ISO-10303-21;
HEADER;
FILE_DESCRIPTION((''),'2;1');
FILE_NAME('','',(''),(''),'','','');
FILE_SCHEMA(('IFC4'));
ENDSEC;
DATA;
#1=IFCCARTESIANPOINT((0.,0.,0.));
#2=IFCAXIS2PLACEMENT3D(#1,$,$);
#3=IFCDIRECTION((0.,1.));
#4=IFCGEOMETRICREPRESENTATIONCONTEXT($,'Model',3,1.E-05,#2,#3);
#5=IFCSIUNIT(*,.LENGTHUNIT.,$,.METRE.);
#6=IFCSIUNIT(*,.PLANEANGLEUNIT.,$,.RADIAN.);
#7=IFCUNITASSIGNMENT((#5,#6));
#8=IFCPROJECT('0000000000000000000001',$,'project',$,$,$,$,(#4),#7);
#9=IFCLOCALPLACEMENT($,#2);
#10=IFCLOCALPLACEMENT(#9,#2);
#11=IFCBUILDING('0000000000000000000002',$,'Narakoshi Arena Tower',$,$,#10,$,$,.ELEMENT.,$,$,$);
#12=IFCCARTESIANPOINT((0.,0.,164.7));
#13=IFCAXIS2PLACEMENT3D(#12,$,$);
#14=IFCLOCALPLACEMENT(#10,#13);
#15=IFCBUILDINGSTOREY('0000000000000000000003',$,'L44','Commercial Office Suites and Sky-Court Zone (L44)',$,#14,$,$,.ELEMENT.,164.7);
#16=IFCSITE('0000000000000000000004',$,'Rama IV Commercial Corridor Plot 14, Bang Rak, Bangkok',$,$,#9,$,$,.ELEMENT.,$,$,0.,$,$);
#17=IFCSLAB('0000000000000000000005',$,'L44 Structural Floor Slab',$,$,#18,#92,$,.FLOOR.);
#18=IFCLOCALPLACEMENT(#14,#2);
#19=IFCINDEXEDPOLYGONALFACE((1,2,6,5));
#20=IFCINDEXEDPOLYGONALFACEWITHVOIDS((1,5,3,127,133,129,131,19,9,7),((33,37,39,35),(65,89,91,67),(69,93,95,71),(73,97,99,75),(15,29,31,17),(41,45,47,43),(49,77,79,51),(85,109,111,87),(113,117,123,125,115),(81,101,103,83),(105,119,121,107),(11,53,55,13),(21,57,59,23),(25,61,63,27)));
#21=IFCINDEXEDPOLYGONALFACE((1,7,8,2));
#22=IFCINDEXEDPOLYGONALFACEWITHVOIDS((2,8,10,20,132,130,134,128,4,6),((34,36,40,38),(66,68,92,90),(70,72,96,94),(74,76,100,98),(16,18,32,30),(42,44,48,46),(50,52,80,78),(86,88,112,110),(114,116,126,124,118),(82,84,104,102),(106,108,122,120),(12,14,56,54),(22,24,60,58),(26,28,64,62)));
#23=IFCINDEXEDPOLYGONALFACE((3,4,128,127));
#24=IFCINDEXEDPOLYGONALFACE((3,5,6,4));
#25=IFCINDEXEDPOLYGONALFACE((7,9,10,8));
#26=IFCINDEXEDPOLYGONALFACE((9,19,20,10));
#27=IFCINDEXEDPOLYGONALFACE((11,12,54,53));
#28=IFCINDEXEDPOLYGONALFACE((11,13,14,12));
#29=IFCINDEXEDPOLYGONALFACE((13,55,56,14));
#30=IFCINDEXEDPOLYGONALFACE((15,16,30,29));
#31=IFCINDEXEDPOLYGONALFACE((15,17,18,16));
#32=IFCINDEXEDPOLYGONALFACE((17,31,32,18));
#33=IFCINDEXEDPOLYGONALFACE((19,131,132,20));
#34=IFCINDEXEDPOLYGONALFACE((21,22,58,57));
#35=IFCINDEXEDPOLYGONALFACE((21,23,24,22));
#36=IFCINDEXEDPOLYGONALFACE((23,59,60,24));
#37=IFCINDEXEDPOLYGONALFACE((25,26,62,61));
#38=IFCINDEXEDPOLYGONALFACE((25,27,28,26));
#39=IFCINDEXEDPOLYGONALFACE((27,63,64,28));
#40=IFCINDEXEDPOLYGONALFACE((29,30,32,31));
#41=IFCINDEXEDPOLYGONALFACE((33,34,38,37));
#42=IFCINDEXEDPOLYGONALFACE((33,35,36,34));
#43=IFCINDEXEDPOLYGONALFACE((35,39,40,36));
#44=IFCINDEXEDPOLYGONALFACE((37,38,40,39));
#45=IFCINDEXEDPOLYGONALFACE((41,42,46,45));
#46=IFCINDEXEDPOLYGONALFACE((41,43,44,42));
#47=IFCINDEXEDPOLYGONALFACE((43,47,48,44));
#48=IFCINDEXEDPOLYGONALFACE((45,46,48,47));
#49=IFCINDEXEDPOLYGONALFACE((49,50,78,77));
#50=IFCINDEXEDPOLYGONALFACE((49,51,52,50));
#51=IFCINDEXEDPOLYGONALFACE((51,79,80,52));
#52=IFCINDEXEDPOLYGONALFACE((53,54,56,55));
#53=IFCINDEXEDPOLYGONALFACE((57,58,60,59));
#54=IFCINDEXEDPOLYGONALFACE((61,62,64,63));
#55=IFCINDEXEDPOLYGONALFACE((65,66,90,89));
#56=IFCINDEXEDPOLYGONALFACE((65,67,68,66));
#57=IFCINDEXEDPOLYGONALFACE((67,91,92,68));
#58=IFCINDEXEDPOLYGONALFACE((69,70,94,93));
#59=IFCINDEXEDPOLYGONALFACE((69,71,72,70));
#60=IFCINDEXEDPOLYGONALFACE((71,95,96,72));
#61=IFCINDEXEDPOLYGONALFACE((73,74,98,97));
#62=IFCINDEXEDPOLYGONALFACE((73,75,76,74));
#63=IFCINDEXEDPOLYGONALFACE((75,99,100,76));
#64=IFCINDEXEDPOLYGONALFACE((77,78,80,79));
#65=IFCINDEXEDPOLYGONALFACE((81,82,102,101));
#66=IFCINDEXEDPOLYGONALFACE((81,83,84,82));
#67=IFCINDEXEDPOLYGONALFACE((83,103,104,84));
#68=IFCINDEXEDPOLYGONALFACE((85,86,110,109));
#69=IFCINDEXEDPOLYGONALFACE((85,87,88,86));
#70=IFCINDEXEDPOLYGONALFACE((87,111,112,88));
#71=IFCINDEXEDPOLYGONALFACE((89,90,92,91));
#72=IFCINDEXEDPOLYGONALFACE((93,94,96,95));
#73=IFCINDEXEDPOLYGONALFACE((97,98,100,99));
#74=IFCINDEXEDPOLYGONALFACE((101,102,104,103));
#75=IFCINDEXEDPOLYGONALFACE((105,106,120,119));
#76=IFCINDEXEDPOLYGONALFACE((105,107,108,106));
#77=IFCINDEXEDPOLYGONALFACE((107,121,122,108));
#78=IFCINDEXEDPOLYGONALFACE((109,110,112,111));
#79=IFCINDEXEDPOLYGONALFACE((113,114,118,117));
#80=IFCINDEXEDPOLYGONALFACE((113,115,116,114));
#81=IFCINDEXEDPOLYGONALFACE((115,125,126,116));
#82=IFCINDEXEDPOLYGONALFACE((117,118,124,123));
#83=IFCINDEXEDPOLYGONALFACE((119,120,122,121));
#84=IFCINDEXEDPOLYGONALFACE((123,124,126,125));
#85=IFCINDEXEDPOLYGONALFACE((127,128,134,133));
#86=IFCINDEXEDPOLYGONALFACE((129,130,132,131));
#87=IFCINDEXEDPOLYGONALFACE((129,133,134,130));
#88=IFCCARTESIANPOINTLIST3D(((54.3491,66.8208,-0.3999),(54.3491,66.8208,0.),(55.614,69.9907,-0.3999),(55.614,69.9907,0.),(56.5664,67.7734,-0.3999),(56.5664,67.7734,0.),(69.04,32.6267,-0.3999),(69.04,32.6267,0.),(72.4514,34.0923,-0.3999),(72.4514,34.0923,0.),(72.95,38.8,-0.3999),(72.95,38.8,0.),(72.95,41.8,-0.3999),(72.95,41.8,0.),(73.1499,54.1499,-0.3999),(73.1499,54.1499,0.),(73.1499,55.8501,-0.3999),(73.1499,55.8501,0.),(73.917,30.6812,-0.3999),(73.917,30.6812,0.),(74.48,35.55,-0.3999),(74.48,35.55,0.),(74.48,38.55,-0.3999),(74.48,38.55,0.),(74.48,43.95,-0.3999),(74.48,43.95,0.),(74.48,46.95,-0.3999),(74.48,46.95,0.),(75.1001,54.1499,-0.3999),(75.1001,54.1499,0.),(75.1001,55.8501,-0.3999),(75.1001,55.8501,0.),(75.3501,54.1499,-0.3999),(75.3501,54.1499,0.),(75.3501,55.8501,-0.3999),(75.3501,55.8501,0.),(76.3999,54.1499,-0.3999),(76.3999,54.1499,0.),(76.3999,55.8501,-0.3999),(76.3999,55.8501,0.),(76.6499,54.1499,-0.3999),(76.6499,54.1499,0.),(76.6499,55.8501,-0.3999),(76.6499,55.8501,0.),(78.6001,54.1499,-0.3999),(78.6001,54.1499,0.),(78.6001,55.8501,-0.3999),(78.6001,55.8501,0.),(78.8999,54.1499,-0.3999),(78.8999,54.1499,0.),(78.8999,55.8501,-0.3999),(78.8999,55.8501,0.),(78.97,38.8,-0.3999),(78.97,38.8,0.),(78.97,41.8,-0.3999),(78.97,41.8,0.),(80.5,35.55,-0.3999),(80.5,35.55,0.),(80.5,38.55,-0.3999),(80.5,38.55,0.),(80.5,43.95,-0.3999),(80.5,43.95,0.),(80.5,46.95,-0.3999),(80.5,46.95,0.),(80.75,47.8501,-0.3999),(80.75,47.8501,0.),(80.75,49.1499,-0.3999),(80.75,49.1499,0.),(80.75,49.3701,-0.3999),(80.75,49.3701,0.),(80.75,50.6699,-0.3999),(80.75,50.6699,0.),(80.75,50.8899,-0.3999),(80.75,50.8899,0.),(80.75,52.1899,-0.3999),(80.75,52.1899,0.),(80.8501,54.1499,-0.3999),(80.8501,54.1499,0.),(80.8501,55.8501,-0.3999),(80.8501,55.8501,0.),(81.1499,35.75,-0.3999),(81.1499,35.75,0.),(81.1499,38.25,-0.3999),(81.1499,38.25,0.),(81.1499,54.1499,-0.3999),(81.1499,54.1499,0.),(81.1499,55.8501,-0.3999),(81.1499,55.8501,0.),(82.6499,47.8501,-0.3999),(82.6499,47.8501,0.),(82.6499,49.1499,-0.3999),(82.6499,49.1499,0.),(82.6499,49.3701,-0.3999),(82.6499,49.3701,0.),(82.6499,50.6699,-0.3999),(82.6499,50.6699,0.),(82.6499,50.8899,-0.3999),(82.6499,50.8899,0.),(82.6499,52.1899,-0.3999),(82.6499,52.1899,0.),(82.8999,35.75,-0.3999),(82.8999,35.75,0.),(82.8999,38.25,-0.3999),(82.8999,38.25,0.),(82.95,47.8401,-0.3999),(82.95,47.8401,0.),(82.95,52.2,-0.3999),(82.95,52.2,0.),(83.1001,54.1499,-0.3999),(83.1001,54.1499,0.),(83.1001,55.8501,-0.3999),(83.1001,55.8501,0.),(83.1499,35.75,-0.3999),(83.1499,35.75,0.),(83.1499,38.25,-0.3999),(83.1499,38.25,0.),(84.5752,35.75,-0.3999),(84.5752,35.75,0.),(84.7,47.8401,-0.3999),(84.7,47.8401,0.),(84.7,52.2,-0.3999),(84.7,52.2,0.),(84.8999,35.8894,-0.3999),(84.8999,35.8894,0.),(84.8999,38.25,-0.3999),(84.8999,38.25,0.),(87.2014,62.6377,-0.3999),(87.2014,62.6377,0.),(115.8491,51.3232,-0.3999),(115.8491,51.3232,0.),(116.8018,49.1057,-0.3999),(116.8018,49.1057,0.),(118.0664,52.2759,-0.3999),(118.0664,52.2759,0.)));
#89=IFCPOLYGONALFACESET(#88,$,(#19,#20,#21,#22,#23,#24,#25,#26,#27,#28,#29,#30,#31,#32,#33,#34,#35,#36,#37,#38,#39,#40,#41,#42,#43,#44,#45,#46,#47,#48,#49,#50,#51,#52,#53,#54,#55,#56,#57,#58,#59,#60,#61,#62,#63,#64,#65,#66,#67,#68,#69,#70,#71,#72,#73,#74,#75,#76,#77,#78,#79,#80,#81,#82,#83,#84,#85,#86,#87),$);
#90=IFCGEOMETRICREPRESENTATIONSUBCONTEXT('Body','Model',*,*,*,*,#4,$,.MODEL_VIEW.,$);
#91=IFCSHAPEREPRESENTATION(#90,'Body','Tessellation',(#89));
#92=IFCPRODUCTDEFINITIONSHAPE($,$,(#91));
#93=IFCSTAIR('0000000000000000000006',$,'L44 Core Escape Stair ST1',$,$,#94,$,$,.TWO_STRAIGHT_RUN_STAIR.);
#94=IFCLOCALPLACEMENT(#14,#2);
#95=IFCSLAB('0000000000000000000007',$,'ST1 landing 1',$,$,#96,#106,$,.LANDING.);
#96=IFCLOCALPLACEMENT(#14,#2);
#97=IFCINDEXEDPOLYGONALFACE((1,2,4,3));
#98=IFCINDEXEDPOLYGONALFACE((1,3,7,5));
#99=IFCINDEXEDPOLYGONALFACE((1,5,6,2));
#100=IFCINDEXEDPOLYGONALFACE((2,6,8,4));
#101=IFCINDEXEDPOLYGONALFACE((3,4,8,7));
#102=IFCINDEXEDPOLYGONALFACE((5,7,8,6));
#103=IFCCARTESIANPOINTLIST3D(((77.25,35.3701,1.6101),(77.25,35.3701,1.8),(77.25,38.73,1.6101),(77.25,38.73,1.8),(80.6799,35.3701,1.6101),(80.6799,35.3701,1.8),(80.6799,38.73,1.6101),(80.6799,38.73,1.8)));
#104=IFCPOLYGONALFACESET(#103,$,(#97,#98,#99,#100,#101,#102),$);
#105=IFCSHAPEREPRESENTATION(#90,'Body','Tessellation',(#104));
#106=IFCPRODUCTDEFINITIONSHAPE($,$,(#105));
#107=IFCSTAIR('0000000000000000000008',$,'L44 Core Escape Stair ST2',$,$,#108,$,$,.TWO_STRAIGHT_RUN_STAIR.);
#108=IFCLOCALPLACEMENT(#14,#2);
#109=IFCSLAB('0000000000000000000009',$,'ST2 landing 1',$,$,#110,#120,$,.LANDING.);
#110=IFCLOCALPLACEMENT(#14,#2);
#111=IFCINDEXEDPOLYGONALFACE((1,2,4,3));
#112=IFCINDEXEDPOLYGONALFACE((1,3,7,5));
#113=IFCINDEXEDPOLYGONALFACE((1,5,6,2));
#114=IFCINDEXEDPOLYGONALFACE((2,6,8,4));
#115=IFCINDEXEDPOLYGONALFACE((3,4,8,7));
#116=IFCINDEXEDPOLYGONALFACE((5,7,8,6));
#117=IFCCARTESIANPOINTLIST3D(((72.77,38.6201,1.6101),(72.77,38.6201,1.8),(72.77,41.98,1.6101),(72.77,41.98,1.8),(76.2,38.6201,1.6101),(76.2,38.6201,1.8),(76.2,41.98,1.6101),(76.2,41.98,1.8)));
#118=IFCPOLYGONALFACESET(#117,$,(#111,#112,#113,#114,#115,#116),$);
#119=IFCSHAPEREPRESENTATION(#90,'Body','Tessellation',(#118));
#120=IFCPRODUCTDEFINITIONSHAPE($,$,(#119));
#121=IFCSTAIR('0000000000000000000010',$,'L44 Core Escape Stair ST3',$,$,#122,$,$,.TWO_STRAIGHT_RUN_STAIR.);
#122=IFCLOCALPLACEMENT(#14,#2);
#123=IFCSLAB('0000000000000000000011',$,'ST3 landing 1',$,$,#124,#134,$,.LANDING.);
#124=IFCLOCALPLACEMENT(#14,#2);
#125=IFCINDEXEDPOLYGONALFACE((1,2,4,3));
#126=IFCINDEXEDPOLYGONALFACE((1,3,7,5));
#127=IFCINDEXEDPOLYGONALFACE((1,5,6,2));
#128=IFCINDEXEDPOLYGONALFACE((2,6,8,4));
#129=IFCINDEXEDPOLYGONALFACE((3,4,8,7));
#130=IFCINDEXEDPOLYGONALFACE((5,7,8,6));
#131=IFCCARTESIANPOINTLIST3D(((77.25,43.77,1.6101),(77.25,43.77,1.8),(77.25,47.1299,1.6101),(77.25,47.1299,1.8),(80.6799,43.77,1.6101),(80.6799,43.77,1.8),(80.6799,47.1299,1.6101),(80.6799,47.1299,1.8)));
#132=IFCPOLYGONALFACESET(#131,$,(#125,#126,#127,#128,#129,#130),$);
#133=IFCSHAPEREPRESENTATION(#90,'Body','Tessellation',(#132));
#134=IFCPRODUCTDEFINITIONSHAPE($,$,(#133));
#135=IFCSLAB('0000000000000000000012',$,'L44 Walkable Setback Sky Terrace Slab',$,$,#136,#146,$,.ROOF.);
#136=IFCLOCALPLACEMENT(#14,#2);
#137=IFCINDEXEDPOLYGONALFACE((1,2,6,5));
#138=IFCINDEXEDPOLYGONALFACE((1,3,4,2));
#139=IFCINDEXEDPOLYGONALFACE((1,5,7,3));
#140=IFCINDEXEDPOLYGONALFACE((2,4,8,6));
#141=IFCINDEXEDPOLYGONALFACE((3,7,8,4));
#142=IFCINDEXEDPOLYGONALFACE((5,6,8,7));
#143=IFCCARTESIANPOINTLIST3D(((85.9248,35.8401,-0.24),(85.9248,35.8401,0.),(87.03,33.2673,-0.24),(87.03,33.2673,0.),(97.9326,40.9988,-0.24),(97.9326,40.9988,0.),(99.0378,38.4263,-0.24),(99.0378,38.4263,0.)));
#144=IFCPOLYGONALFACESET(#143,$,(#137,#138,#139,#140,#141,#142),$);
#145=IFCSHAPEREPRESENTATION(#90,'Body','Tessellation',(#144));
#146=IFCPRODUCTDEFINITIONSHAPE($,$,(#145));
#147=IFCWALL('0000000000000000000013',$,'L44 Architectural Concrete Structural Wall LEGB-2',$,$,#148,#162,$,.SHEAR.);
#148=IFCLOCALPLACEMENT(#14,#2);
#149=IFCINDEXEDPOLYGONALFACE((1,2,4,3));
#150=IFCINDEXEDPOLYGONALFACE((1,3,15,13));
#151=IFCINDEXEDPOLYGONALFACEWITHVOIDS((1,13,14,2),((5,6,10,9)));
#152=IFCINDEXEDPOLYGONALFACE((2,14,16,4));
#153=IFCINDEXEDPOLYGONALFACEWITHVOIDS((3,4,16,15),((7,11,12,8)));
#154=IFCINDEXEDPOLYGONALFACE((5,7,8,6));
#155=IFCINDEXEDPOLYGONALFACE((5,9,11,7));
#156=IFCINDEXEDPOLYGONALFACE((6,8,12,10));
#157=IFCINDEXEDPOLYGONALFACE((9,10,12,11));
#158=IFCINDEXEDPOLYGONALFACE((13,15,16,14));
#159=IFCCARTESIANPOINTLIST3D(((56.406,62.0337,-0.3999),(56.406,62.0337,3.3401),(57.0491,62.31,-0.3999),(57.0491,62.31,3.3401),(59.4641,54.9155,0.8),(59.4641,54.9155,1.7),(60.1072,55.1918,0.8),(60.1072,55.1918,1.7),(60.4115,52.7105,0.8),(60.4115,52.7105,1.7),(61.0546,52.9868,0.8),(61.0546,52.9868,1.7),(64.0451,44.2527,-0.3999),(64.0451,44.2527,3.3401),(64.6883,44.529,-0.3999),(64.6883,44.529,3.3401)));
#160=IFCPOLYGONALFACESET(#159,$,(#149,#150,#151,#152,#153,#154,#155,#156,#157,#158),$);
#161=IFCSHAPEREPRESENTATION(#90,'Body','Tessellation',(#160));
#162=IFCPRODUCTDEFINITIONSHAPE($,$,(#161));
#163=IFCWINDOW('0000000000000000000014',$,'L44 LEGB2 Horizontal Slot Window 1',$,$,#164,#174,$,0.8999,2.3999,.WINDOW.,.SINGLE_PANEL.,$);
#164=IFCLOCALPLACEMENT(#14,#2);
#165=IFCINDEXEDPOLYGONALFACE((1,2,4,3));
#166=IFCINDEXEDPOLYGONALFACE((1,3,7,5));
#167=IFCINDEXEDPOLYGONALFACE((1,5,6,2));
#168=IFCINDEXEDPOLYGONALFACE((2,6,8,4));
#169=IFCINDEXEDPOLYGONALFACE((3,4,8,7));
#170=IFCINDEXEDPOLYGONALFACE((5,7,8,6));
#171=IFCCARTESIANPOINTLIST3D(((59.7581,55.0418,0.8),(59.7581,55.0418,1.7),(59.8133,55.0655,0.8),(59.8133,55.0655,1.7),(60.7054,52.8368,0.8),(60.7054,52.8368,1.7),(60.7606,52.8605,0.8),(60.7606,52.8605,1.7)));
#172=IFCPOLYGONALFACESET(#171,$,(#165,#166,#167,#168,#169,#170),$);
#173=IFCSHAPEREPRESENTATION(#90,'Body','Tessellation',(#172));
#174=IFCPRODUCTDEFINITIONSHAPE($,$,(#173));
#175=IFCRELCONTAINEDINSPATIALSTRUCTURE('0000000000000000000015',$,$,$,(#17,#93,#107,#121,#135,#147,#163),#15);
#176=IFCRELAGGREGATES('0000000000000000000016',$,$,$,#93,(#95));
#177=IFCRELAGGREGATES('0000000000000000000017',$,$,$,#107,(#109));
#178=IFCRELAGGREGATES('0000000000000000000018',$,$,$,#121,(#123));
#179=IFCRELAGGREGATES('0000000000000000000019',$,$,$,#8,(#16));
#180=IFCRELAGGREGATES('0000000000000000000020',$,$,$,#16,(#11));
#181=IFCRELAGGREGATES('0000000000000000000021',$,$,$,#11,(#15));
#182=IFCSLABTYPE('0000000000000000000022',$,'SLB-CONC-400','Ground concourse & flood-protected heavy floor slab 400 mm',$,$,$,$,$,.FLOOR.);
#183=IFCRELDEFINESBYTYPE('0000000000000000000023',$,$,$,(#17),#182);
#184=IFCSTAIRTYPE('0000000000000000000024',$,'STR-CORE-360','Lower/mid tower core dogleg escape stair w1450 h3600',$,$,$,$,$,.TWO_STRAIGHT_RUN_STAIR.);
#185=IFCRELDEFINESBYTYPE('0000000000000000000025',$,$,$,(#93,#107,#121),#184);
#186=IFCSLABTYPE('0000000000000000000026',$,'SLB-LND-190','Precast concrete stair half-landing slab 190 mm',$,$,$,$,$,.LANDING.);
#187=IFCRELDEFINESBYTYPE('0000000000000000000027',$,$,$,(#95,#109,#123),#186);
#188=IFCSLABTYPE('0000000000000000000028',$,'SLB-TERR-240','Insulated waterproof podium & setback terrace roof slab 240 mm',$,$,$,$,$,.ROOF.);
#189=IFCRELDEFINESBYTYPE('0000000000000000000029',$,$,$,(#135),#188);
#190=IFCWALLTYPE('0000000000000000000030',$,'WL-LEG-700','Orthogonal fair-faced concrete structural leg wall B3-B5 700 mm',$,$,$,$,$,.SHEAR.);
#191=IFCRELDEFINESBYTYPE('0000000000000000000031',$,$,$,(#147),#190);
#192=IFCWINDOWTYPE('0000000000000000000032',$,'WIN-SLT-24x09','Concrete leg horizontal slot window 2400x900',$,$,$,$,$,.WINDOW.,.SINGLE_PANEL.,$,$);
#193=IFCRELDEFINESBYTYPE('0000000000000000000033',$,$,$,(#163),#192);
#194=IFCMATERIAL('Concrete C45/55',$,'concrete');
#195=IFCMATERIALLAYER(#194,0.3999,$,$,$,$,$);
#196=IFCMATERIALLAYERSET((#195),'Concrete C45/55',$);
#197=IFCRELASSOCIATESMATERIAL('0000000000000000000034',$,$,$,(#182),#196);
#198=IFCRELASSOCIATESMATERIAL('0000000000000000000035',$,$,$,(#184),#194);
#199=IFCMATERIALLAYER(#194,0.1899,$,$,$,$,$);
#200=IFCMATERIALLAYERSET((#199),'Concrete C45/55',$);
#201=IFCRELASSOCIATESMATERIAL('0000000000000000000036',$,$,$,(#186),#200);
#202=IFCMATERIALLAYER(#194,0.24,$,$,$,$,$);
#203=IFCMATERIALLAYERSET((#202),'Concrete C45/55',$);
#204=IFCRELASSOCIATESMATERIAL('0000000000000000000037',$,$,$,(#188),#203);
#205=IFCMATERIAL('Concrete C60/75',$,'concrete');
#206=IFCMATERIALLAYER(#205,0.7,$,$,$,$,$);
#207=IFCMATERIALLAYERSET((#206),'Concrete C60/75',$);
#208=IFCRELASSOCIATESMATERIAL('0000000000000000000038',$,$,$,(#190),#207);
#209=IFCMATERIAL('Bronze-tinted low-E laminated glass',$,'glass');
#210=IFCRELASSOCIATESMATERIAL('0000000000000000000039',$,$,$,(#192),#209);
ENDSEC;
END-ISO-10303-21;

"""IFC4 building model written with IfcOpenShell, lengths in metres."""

from ifc_helpers import new_model, si_unit, direction, frame, frame_2d, origin, place, context, subcontext, project, spatial, polyline, rectangle, outline, extrude, material, layer, layer_set, type_object, element, fill, aggregate, save


model = new_model("IFC4")

# Units and contexts
model_context = context("Model", 3, precision=1e-05, world=origin(), true_north=direction((0.0, 1.0)))
body_context = subcontext(model_context, "Body", "Model", "MODEL_VIEW")
ifc_project = project(units=[si_unit("LENGTHUNIT", "METRE"), si_unit("PLANEANGLEUNIT", "RADIAN")], contexts=[model_context])

# Site, building, storey
site_placement = place(None, origin())
site = spatial("IfcSite", under=ifc_project, at=site_placement, Name="Rama IV Commercial Corridor Plot 14, Bang Rak, Bangkok", CompositionType="ELEMENT", RefElevation=0.0)
building_placement = place(site_placement, origin())
building = spatial("IfcBuilding", under=site, at=building_placement, Name="Narakoshi Arena Tower", CompositionType="ELEMENT")
storey_placement = place(building_placement, frame((0.0, 0.0, 164.7)))
storey = spatial("IfcBuildingStorey", under=building, at=storey_placement, Name="L44", Description="Commercial Office Suites and Sky-Court Zone (L44)", CompositionType="ELEMENT", Elevation=164.7)

# Shared definitions
ifc_material_1 = material(Name="Bronze-tinted low-E laminated glass", Category="glass")

# Slab
ifc_material_2 = material(Name="Concrete C45/55", Category="concrete")
ifc_layer_1 = layer(ifc_material_2, 0.3999)
ifc_layer_set_1 = layer_set([ifc_layer_1], Name="Concrete C45/55")
slab_type_1 = type_object("IfcSlabType", Name="SLB-CONC-400", Description="Ground concourse & flood-protected heavy floor slab 400 mm", PredefinedType="FLOOR", material=ifc_layer_set_1)
slab_1_placement = place(storey_placement, frame((0.0, 0.0, -0.3999)))
element("IfcSlab", 1, at=slab_1_placement, inside=storey, type_object=slab_type_1, Name="L44 Structural Floor Slab", PredefinedType="FLOOR", context=body_context, shape_type="SweptSolid", body=[
    extrude(outline(polyline([(73.917, 30.6812), (116.8018, 49.1057), (115.8491, 51.3232), (118.0664, 52.2759), (87.2014, 62.6377), (55.614, 69.9907), (56.5664, 67.7734), (54.3491, 66.8208), (69.04, 32.6267), (72.4514, 34.0923), (73.917, 30.6812)]), holes=[polyline([(80.5, 35.55), (74.48, 35.55), (74.48, 38.55), (80.5, 38.55), (80.5, 35.55)]), polyline([(82.8999, 35.75), (81.1499, 35.75), (81.1499, 38.25), (82.8999, 38.25), (82.8999, 35.75)]), polyline([(84.5752, 35.75), (83.1499, 35.75), (83.1499, 38.25), (84.8999, 38.25), (84.8999, 35.8894), (84.5752, 35.75)]), polyline([(72.95, 38.8), (72.95, 41.8), (78.97, 41.8), (78.97, 38.8), (72.95, 38.8)]), polyline([(74.48, 43.95), (74.48, 46.95), (80.5, 46.95), (80.5, 43.95), (74.48, 43.95)]), polyline([(82.95, 47.8401), (82.95, 52.2), (84.7, 52.2), (84.7, 47.8401), (82.95, 47.8401)]), polyline([(80.75, 47.8501), (80.75, 49.1499), (82.6499, 49.1499), (82.6499, 47.8501), (80.75, 47.8501)]), polyline([(80.75, 49.3701), (80.75, 50.6699), (82.6499, 50.6699), (82.6499, 49.3701), (80.75, 49.3701)]), polyline([(80.75, 50.8899), (80.75, 52.1899), (82.6499, 52.1899), (82.6499, 50.8899), (80.75, 50.8899)]), polyline([(73.1499, 54.1499), (73.1499, 55.8501), (75.1001, 55.8501), (75.1001, 54.1499), (73.1499, 54.1499)]), polyline([(75.3501, 54.1499), (75.3501, 55.8501), (76.3999, 55.8501), (76.3999, 54.1499), (75.3501, 54.1499)]), polyline([(76.6499, 54.1499), (76.6499, 55.8501), (78.6001, 55.8501), (78.6001, 54.1499), (76.6499, 54.1499)]), polyline([(78.8999, 54.1499), (78.8999, 55.8501), (80.8501, 55.8501), (80.8501, 54.1499), (78.8999, 54.1499)]), polyline([(81.1499, 54.1499), (81.1499, 55.8501), (83.1001, 55.8501), (83.1001, 54.1499), (81.1499, 54.1499)])]), origin(), (0.0, 0.0, 1.0), 0.3999),
])

# Stairs, slabs
stair_type = type_object("IfcStairType", Name="STR-CORE-360", Description="Lower/mid tower core dogleg escape stair w1450 h3600", PredefinedType="TWO_STRAIGHT_RUN_STAIR", material=ifc_material_2)
stair_1_placement = place(storey_placement, origin())
stair_1 = element("IfcStair", 2, at=stair_1_placement, inside=storey, type_object=stair_type, Name="L44 Core Escape Stair ST1", PredefinedType="TWO_STRAIGHT_RUN_STAIR")
ifc_layer_2 = layer(ifc_material_2, 0.1899)
ifc_layer_set_2 = layer_set([ifc_layer_2], Name="Concrete C45/55")
slab_type_2 = type_object("IfcSlabType", Name="SLB-LND-190", Description="Precast concrete stair half-landing slab 190 mm", PredefinedType="LANDING", material=ifc_layer_set_2)
slab_2_placement = place(storey_placement, frame((0.0, 0.0, 1.6101)))
slab_2 = element("IfcSlab", 3, at=slab_2_placement, type_object=slab_type_2, Name="ST1 landing 1", PredefinedType="LANDING", context=body_context, shape_type="SweptSolid", body=[
    extrude(outline(polyline([(77.25, 35.3701), (80.6799, 35.3701), (80.6799, 38.73), (77.25, 38.73), (77.25, 35.3701)])), origin(), (0.0, 0.0, 1.0), 0.1899),
])
aggregate(stair_1, [slab_2])
stair_2_placement = place(storey_placement, origin())
stair_2 = element("IfcStair", 4, at=stair_2_placement, inside=storey, type_object=stair_type, Name="L44 Core Escape Stair ST2", PredefinedType="TWO_STRAIGHT_RUN_STAIR")
slab_3_placement = place(storey_placement, frame((0.0, 0.0, 1.6101)))
slab_3 = element("IfcSlab", 5, at=slab_3_placement, type_object=slab_type_2, Name="ST2 landing 1", PredefinedType="LANDING", context=body_context, shape_type="SweptSolid", body=[
    extrude(outline(polyline([(72.77, 38.6201), (76.2, 38.6201), (76.2, 41.98), (72.77, 41.98), (72.77, 38.6201)])), origin(), (0.0, 0.0, 1.0), 0.1899),
])
aggregate(stair_2, [slab_3])
stair_3_placement = place(storey_placement, origin())
stair_3 = element("IfcStair", 6, at=stair_3_placement, inside=storey, type_object=stair_type, Name="L44 Core Escape Stair ST3", PredefinedType="TWO_STRAIGHT_RUN_STAIR")
slab_4_placement = place(storey_placement, frame((0.0, 0.0, 1.6101)))
slab_4 = element("IfcSlab", 7, at=slab_4_placement, type_object=slab_type_2, Name="ST3 landing 1", PredefinedType="LANDING", context=body_context, shape_type="SweptSolid", body=[
    extrude(outline(polyline([(77.25, 43.77), (80.6799, 43.77), (80.6799, 47.1299), (77.25, 47.1299), (77.25, 43.77)])), origin(), (0.0, 0.0, 1.0), 0.1899),
])
aggregate(stair_3, [slab_4])

# Slab
ifc_layer_3 = layer(ifc_material_2, 0.24)
ifc_layer_set_3 = layer_set([ifc_layer_3], Name="Concrete C45/55")
slab_type_3 = type_object("IfcSlabType", Name="SLB-TERR-240", Description="Insulated waterproof podium & setback terrace roof slab 240 mm", PredefinedType="ROOF", material=ifc_layer_set_3)
slab_5_placement = place(storey_placement, frame((0.0, 0.0, -0.24)))
element("IfcSlab", 8, at=slab_5_placement, inside=storey, type_object=slab_type_3, Name="L44 Walkable Setback Sky Terrace Slab", PredefinedType="ROOF", context=body_context, shape_type="SweptSolid", body=[
    extrude(outline(polyline([(85.9248, 35.8401), (87.03, 33.2673), (99.0378, 38.4263), (97.9326, 40.9988), (85.9248, 35.8401)])), origin(), (0.0, 0.0, 1.0), 0.24),
])

# Wall, opening, window
ifc_material_3 = material(Name="Concrete C60/75", Category="concrete")
ifc_layer_4 = layer(ifc_material_3, 0.7)
ifc_layer_set_4 = layer_set([ifc_layer_4], Name="Concrete C60/75")
wall_type_1 = type_object("IfcWallType", Name="WL-LEG-700", Description="Orthogonal fair-faced concrete structural leg wall B3-B5 700 mm", PredefinedType="SHEAR", material=ifc_layer_set_4)
wall_1_placement = place(storey_placement, frame((56.7275, 62.1719, -0.3999), z_axis=(0.0, 0.0, 1.0), x_axis=(0.394737, -0.918794, 0.0)))
wall_1 = element("IfcWall", 9, at=wall_1_placement, inside=storey, type_object=wall_type_1, Name="L44 Architectural Concrete Structural Wall LEGB-2", PredefinedType="SHEAR", context=body_context, shape_type="SweptSolid", body=[
    extrude(rectangle(XDim=19.3525, YDim=0.7, at=frame_2d((9.6763, 0.0))), origin(), (0.0, 0.0, 1.0), 3.74),
])
opening_1_placement = place(wall_1_placement, frame((7.7473, 0.0, 1.2)))
opening_1 = element("IfcOpeningElement", 10, at=opening_1_placement, cuts=wall_1, PredefinedType="OPENING", context=body_context, shape_type="SweptSolid", body=[
    extrude(rectangle(XDim=2.3999, YDim=0.8999, at=frame_2d((1.2, 0.45))), frame((0.0, 0.3599, 0.0), z_axis=(0.0, -1.0, 0.0), x_axis=(1.0, 0.0, 0.0)), (0.0, 0.0, 1.0), 0.72),
])
window_type_1 = type_object("IfcWindowType", Name="WIN-SLT-24x09", Description="Concrete leg horizontal slot window 2400x900", PartitioningType="SINGLE_PANEL", PredefinedType="WINDOW", material=ifc_material_1)
window_1_placement = place(opening_1_placement, origin())
window_1 = element("IfcWindow", 11, at=window_1_placement, inside=storey, type_object=window_type_1, Name="L44 LEGB2 Horizontal Slot Window 1", OverallHeight=0.8999, OverallWidth=2.3999, PartitioningType="SINGLE_PANEL", PredefinedType="WINDOW", context=body_context, shape_type="SweptSolid", body=[
    extrude(rectangle(XDim=2.3999, YDim=0.8999, at=frame_2d((1.2, 0.45))), frame((0.0, 0.03, 0.0), z_axis=(0.0, -1.0, 0.0), x_axis=(1.0, 0.0, 0.0)), (0.0, 0.0, 1.0), 0.0601),
])
fill(opening_1, window_1)

save(model, "model.ifc")
